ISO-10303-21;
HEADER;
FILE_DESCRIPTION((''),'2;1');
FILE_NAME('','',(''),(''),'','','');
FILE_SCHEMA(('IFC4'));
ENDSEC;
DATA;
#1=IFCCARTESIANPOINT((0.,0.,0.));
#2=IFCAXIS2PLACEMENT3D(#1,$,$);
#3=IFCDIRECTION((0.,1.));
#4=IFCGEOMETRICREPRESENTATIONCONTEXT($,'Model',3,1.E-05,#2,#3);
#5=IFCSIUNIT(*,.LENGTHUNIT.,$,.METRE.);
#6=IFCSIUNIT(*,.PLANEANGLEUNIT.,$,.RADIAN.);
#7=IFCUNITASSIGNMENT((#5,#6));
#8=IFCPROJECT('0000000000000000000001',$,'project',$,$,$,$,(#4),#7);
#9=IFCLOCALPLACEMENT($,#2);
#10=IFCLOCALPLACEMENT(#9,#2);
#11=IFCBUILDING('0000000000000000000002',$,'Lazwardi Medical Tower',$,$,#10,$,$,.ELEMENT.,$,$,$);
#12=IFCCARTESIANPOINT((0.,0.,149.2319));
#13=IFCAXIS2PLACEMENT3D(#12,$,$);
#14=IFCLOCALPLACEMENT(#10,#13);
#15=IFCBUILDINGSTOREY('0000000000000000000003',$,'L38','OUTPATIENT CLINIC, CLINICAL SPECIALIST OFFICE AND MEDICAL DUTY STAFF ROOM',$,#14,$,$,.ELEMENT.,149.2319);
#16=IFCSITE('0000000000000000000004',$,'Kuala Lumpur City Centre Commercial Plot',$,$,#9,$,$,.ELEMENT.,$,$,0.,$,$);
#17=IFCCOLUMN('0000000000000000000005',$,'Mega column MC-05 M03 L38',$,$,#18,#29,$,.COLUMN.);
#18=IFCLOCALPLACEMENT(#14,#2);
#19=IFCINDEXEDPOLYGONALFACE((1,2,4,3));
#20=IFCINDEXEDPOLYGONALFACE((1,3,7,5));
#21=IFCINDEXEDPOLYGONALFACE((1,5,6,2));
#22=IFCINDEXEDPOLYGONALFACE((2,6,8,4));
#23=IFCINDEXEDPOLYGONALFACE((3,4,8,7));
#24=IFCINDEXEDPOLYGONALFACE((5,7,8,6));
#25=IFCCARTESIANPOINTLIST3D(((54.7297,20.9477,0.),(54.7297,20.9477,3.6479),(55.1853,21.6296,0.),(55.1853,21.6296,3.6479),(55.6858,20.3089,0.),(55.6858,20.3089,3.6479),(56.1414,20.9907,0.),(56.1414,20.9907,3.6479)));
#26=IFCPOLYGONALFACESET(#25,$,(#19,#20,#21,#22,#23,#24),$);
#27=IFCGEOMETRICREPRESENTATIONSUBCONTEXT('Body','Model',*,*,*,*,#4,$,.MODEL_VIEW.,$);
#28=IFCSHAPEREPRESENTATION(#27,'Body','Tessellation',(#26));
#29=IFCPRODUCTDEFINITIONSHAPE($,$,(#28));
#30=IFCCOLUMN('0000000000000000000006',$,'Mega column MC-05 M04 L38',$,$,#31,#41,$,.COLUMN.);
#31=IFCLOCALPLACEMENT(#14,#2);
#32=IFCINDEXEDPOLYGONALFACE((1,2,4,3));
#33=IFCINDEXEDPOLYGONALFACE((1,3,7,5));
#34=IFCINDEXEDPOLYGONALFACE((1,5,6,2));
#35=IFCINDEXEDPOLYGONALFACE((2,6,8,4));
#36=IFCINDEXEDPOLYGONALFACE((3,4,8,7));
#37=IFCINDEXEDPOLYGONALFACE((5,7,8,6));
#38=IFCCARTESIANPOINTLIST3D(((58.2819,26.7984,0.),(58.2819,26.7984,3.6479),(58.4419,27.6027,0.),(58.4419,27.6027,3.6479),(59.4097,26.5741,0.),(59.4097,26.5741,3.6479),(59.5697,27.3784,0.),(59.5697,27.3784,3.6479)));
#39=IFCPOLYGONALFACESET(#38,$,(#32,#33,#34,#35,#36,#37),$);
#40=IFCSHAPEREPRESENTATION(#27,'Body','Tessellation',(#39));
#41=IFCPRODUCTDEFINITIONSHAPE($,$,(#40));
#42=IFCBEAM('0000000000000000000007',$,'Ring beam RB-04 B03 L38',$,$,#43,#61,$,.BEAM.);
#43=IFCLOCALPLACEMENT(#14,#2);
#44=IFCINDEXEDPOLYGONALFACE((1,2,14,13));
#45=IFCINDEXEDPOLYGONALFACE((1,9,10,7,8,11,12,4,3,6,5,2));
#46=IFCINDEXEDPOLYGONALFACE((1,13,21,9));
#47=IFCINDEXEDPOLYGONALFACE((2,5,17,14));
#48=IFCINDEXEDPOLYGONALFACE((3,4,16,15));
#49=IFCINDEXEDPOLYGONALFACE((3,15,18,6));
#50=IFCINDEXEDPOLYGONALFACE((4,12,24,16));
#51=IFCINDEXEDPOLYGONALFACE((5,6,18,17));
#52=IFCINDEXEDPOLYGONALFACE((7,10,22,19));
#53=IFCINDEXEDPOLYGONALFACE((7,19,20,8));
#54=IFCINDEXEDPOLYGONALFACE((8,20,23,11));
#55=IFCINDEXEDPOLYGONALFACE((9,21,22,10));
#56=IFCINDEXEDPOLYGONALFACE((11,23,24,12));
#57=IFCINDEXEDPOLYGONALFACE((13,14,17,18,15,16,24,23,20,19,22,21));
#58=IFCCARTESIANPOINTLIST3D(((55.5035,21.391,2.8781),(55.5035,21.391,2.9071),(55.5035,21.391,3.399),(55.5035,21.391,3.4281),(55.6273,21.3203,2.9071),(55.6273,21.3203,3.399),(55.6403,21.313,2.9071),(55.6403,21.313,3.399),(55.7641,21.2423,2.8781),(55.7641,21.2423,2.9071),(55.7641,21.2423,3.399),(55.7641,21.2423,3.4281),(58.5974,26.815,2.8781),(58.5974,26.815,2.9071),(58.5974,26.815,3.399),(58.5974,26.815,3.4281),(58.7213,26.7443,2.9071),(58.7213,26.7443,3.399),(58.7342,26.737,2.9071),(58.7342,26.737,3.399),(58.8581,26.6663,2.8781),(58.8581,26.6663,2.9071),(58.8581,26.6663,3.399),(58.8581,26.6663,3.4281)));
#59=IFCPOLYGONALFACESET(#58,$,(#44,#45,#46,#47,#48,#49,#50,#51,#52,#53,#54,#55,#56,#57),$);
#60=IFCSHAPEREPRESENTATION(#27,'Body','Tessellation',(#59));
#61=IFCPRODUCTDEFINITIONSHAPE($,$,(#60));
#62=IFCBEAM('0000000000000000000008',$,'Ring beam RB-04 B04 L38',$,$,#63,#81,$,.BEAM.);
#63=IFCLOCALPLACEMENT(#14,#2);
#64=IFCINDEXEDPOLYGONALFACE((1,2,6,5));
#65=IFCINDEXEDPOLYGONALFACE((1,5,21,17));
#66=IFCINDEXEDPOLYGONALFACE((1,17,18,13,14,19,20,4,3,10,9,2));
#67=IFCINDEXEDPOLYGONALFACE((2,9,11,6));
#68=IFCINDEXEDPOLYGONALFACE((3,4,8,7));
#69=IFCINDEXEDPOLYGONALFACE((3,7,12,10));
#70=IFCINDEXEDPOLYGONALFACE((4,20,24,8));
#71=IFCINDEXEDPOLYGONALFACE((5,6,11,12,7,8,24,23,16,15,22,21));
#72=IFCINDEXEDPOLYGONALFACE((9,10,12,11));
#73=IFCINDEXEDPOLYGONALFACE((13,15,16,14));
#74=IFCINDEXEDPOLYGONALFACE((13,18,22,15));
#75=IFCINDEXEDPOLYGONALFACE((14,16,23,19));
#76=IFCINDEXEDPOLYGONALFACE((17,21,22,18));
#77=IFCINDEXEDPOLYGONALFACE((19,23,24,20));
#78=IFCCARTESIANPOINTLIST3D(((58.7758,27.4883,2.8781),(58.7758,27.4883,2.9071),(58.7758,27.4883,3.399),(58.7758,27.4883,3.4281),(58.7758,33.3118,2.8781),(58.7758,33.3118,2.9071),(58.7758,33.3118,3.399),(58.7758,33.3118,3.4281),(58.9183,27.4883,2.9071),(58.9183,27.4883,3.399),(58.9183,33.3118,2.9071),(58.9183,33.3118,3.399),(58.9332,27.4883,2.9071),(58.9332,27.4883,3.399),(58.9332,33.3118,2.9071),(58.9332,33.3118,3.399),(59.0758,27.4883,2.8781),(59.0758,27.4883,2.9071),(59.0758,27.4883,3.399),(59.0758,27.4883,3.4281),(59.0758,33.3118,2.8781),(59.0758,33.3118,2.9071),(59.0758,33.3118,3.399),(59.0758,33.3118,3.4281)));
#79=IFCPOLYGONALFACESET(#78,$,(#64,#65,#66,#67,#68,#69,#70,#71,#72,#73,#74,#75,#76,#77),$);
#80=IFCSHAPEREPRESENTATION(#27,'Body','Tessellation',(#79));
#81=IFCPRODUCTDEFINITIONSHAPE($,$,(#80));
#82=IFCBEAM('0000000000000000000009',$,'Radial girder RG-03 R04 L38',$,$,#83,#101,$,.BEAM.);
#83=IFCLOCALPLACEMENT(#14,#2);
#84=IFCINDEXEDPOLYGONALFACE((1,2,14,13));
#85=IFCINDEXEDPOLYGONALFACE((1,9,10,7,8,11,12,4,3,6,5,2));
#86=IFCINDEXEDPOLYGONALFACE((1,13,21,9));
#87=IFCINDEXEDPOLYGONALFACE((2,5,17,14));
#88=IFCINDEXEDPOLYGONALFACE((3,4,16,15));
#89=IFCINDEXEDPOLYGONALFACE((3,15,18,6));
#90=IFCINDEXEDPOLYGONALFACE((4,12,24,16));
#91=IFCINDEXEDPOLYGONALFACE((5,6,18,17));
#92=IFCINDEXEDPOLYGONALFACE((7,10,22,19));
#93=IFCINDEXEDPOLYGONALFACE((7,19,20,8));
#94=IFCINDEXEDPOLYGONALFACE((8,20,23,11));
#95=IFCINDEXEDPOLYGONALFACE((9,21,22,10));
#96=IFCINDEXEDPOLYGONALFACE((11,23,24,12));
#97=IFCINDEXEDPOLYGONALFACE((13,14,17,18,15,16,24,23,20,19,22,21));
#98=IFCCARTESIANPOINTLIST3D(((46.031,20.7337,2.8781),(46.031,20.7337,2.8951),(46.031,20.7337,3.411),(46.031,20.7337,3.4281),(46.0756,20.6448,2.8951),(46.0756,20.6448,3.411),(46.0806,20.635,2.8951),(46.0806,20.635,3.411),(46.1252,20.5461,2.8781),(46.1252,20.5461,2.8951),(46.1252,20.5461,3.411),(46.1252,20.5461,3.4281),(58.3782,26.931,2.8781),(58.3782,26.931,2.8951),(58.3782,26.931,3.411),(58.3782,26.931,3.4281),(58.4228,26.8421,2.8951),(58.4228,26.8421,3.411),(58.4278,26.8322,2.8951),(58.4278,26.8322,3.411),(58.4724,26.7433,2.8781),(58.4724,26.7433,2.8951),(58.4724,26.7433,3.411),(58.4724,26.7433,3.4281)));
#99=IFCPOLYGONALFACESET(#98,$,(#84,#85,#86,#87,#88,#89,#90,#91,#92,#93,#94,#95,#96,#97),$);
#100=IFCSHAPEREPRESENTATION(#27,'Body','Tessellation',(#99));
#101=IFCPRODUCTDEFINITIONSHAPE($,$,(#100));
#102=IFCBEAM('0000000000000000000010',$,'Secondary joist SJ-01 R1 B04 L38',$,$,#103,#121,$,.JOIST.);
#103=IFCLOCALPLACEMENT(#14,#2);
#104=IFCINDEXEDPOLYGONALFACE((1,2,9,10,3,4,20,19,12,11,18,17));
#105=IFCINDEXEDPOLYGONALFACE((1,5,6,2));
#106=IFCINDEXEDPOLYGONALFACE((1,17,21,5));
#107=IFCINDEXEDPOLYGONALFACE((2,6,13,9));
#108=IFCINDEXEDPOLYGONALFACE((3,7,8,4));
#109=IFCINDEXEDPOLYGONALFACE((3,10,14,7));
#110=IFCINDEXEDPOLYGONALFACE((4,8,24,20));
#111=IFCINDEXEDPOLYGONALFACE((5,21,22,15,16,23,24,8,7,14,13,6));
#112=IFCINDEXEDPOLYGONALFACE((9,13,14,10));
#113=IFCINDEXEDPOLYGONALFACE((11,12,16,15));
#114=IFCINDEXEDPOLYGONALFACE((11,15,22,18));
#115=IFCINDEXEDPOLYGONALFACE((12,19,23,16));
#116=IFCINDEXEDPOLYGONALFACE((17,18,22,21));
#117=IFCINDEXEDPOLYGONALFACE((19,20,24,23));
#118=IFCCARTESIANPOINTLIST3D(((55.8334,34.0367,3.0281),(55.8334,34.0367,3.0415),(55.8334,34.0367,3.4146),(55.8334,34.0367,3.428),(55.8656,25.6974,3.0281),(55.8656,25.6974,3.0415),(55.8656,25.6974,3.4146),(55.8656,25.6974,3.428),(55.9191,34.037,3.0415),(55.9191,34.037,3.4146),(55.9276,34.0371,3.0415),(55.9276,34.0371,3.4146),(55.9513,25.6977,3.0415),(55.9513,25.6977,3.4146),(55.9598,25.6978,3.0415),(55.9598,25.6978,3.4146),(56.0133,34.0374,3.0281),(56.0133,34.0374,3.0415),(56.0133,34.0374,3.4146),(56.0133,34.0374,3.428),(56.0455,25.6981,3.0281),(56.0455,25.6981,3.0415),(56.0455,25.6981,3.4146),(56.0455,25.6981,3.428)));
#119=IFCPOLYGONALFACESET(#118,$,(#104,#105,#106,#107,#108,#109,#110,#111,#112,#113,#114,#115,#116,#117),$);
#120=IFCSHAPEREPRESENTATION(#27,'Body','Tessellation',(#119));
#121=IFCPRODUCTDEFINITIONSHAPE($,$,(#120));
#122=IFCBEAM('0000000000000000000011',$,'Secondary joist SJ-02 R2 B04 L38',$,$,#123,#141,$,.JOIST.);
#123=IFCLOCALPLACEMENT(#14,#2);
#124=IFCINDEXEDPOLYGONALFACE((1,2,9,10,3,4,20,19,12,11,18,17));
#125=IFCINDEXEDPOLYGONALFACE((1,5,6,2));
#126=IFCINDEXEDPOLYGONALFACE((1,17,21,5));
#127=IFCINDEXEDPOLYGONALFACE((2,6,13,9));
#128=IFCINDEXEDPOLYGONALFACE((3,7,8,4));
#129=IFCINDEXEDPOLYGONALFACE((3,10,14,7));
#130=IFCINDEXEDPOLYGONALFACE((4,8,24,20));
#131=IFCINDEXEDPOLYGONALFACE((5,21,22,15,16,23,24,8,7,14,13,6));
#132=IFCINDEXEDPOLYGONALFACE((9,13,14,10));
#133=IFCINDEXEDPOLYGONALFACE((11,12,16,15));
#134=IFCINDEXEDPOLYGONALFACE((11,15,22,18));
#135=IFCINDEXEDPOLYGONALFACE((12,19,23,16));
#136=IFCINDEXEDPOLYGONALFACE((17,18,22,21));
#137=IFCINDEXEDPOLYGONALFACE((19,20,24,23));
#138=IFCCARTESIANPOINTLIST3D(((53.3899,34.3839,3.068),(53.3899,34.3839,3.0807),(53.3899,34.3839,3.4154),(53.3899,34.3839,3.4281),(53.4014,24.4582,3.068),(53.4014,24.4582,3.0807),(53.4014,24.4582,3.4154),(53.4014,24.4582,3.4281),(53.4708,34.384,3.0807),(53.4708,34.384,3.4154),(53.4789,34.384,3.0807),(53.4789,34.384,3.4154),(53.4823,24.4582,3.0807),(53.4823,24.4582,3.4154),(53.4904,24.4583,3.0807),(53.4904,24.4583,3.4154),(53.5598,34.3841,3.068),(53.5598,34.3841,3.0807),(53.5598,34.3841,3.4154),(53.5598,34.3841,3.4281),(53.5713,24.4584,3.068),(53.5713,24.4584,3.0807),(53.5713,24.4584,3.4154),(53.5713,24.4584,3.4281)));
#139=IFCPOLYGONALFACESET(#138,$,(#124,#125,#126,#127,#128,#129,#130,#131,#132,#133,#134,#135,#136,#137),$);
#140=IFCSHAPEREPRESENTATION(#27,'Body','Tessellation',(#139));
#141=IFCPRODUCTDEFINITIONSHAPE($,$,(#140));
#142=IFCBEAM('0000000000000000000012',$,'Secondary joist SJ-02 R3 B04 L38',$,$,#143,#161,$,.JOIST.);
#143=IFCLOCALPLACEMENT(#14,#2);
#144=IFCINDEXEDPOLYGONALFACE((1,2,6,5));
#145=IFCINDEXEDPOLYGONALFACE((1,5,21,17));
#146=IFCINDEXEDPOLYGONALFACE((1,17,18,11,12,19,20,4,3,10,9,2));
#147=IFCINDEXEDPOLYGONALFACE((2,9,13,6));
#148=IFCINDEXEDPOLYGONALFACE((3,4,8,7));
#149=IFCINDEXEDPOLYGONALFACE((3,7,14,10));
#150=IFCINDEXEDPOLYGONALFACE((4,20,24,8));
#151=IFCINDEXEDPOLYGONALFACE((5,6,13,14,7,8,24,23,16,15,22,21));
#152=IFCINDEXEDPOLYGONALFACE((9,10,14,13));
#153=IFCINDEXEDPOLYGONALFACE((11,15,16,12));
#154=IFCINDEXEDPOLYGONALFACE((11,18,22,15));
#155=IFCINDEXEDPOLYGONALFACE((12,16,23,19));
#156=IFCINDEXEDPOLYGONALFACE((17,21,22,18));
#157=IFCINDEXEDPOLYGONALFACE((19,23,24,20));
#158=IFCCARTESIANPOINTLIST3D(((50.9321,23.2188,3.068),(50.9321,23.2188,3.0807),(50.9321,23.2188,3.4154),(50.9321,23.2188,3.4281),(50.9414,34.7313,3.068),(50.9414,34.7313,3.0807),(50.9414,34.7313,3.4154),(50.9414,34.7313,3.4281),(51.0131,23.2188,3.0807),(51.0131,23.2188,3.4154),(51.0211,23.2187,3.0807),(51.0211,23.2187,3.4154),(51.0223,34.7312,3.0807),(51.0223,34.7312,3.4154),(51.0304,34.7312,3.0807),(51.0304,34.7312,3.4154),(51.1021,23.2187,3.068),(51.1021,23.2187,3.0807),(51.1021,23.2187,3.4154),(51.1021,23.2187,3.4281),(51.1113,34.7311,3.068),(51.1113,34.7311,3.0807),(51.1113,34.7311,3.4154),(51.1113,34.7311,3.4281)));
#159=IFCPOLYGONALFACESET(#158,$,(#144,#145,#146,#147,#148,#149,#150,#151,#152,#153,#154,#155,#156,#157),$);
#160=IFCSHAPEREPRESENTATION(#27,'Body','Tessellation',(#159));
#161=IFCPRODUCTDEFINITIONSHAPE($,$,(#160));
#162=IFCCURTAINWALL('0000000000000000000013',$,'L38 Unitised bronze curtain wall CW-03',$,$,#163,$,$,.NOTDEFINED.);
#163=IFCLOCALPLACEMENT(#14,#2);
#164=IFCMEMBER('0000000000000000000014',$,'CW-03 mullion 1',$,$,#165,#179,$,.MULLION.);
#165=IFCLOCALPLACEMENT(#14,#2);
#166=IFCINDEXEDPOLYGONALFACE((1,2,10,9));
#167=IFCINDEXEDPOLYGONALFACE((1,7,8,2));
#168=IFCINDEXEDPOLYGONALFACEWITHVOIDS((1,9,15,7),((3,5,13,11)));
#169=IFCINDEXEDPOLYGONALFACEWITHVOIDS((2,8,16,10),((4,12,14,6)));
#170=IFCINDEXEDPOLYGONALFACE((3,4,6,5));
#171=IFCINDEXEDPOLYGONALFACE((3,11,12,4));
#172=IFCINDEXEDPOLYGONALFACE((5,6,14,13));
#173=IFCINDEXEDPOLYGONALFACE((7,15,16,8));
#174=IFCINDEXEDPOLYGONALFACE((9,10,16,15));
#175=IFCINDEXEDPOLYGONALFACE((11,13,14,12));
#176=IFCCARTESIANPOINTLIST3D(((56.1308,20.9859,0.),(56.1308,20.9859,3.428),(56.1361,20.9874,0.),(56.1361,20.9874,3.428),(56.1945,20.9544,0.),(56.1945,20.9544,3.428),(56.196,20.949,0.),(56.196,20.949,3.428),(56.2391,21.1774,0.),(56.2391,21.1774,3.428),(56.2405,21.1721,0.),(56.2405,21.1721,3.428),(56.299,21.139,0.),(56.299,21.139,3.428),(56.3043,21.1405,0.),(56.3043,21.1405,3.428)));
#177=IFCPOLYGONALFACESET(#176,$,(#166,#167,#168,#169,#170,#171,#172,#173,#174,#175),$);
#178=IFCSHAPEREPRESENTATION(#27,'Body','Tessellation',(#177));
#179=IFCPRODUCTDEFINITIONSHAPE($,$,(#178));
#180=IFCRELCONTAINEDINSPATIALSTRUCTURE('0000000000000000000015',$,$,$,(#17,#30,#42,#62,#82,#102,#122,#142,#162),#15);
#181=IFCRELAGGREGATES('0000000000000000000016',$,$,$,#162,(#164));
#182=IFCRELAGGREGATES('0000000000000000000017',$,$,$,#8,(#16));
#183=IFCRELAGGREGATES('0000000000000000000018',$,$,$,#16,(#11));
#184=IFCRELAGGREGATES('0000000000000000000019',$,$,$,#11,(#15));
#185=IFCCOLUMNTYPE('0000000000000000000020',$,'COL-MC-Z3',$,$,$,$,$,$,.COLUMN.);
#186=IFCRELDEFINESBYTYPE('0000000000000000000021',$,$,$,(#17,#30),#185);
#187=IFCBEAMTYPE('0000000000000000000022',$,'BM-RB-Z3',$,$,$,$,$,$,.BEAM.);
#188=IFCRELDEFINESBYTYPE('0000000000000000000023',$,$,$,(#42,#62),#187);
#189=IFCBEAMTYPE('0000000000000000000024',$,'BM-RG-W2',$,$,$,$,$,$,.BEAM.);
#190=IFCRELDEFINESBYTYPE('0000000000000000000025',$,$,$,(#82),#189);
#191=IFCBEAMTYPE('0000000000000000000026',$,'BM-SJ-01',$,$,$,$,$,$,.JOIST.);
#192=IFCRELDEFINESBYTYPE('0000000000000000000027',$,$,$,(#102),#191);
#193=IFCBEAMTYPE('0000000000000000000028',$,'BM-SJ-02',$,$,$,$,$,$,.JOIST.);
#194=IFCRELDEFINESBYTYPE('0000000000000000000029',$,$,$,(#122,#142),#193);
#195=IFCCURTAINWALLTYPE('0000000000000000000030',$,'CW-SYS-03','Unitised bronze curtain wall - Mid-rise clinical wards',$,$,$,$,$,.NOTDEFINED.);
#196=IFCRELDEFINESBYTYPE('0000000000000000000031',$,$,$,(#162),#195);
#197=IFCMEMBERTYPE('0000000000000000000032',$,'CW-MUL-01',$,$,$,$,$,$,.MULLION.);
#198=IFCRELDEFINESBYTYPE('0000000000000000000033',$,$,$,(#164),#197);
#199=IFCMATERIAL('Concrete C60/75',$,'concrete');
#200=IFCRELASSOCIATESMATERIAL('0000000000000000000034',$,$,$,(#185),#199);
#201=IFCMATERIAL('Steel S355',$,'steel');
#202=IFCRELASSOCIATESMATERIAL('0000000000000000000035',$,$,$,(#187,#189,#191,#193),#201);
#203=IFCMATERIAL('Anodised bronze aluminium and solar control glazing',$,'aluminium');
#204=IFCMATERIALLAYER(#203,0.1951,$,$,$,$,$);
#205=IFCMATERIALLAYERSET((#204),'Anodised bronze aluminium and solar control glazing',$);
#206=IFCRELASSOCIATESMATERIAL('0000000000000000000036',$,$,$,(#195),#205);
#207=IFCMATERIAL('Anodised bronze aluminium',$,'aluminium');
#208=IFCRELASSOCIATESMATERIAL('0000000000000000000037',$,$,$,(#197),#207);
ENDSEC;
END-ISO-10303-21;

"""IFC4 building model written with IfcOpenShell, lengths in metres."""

from ifc_helpers import new_model, si_unit, direction, frame, origin, origin_2d, place, context, subcontext, project, spatial, rectangle, hollow_rectangle, i_section, extrude, material, layer, layer_set, material_profile, profile_set, type_object, element, aggregate, save


model = new_model("IFC4")

# Units and contexts
model_context = context("Model", 3, precision=1e-05, world=origin(), true_north=direction((0.0, 1.0)))
body_context = subcontext(model_context, "Body", "Model", "MODEL_VIEW")
ifc_project = project(units=[si_unit("LENGTHUNIT", "METRE"), si_unit("PLANEANGLEUNIT", "RADIAN")], contexts=[model_context])

# Site, building, storey
site_placement = place(None, origin())
site = spatial("IfcSite", under=ifc_project, at=site_placement, Name="Kuala Lumpur City Centre Commercial Plot", CompositionType="ELEMENT", RefElevation=0.0)
building_placement = place(site_placement, origin())
building = spatial("IfcBuilding", under=site, at=building_placement, Name="Lazwardi Medical Tower", CompositionType="ELEMENT")
storey_placement = place(building_placement, frame((0.0, 0.0, 149.2319)))
storey = spatial("IfcBuildingStorey", under=building, at=storey_placement, Name="L38", Description="OUTPATIENT CLINIC, CLINICAL SPECIALIST OFFICE AND MEDICAL DUTY STAFF ROOM", CompositionType="ELEMENT", Elevation=149.2319)

# Columns
ifc_material_1 = material(Name="Concrete C60/75", Category="concrete")
ifc_material_profile_1 = material_profile(ifc_material_1, rectangle(XDim=1.1499, YDim=0.8201, at=origin_2d()), Name="CFT-RECT 1150x820")
ifc_profile_set_1 = profile_set([ifc_material_profile_1], Name="Concrete C60/75")
column_type = type_object("IfcColumnType", Name="COL-MC-Z3", PredefinedType="COLUMN", material=ifc_profile_set_1)
for number, where, z_axis, x_axis, name in (
    (1, (55.4355, 20.9692, 0.0), (0.0, 0.0, 1.0), (0.83147, -0.55557, 0.0), "Mega column MC-05 M03 L38"),
    (2, (58.9258, 27.0884, 0.0), (0.0, 0.0, 1.0), (0.980785, -0.19509, 0.0), "Mega column MC-05 M04 L38"),
):
    element("IfcColumn", number, at=place(storey_placement, frame(where, z_axis=z_axis, x_axis=x_axis)), inside=storey, type_object=column_type, Name=name, PredefinedType="COLUMN", context=body_context, shape_type="SweptSolid", body=[
        extrude(rectangle(XDim=1.1499, YDim=0.8201, at=origin_2d()), origin(), (0.0, 0.0, 1.0), 3.6479),
    ])

# Beams
ifc_material_2 = material(Name="Steel S355", Category="steel")
ifc_material_profile_2 = material_profile(ifc_material_2, i_section(OverallWidth=0.3, OverallDepth=0.55, WebThickness=0.0149, FlangeThickness=0.0291, at=origin_2d()), Name="HEB 550")
ifc_profile_set_2 = profile_set([ifc_material_profile_2], Name="Steel S355")
beam_type_1 = type_object("IfcBeamType", Name="BM-RB-Z3", PredefinedType="BEAM", material=ifc_profile_set_2)
beam_1_placement = place(storey_placement, frame((55.6338, 21.3167, 3.1531), z_axis=(0.495478, 0.868621, 0.0), x_axis=(-0.868621, 0.495478, 0.0)))
element("IfcBeam", 3, at=beam_1_placement, inside=storey, type_object=beam_type_1, Name="Ring beam RB-04 B03 L38", PredefinedType="BEAM", context=body_context, shape_type="SweptSolid", body=[
    extrude(i_section(OverallWidth=0.3, OverallDepth=0.55, WebThickness=0.0149, FlangeThickness=0.0291, at=origin_2d()), origin(), (0.0, 0.0, 1.0), 6.2444),
])
beam_2_placement = place(storey_placement, frame((58.9258, 27.4883, 3.1531), z_axis=(0.0, 1.0, 0.0), x_axis=(-1.0, 0.0, 0.0)))
element("IfcBeam", 4, at=beam_2_placement, inside=storey, type_object=beam_type_1, Name="Ring beam RB-04 B04 L38", PredefinedType="BEAM", context=body_context, shape_type="SweptSolid", body=[
    extrude(i_section(OverallWidth=0.3, OverallDepth=0.55, WebThickness=0.0149, FlangeThickness=0.0291, at=origin_2d()), origin(), (0.0, 0.0, 1.0), 5.8235),
])
ifc_material_profile_3 = material_profile(ifc_material_2, i_section(OverallWidth=0.21, OverallDepth=0.55, WebThickness=0.011, FlangeThickness=0.0171, at=origin_2d()), Name="IPE 550")
ifc_profile_set_3 = profile_set([ifc_material_profile_3], Name="Steel S355")
beam_type_2 = type_object("IfcBeamType", Name="BM-RG-W2", PredefinedType="BEAM", material=ifc_profile_set_3)
beam_3_placement = place(storey_placement, frame((58.4253, 26.8372, 3.1531), z_axis=(-0.89374, -0.448584, 0.0), x_axis=(0.448584, -0.89374, 0.0)))
element("IfcBeam", 5, at=beam_3_placement, inside=storey, type_object=beam_type_2, Name="Radial girder RG-03 R04 L38", PredefinedType="BEAM", context=body_context, shape_type="SweptSolid", body=[
    extrude(i_section(OverallWidth=0.21, OverallDepth=0.55, WebThickness=0.011, FlangeThickness=0.0171, at=origin_2d()), origin(), (0.0, 0.0, 1.0), 13.8152),
])
ifc_material_profile_4 = material_profile(ifc_material_2, i_section(OverallWidth=0.1799, OverallDepth=0.3999, WebThickness=0.0085, FlangeThickness=0.0134, at=origin_2d()), Name="IPE 400")
ifc_profile_set_4 = profile_set([ifc_material_profile_4], Name="Steel S355")
beam_type_3 = type_object("IfcBeamType", Name="BM-SJ-01", PredefinedType="JOIST", material=ifc_profile_set_4)
beam_4_placement = place(storey_placement, frame((55.9556, 25.6978, 3.228), z_axis=(-0.003864, 0.999993, 0.0), x_axis=(-0.999993, -0.003864, 0.0)))
element("IfcBeam", 6, at=beam_4_placement, inside=storey, type_object=beam_type_3, Name="Secondary joist SJ-01 R1 B04 L38", PredefinedType="JOIST", context=body_context, shape_type="SweptSolid", body=[
    extrude(i_section(OverallWidth=0.1799, OverallDepth=0.3999, WebThickness=0.0085, FlangeThickness=0.0134, at=origin_2d()), origin(), (0.0, 0.0, 1.0), 8.3394),
])
ifc_material_profile_5 = material_profile(ifc_material_2, i_section(OverallWidth=0.1699, OverallDepth=0.3601, WebThickness=0.0081, FlangeThickness=0.0127, at=origin_2d()), Name="IPE 360")
ifc_profile_set_5 = profile_set([ifc_material_profile_5], Name="Steel S355")
beam_type_4 = type_object("IfcBeamType", Name="BM-SJ-02", PredefinedType="JOIST", material=ifc_profile_set_5)
beam_5_placement = place(storey_placement, frame((53.4863, 24.4583, 3.248), z_axis=(-0.001156, 0.999999, 0.0), x_axis=(-0.999999, -0.001156, 0.0)))
element("IfcBeam", 7, at=beam_5_placement, inside=storey, type_object=beam_type_4, Name="Secondary joist SJ-02 R2 B04 L38", PredefinedType="JOIST", context=body_context, shape_type="SweptSolid", body=[
    extrude(i_section(OverallWidth=0.1699, OverallDepth=0.3601, WebThickness=0.0081, FlangeThickness=0.0127, at=origin_2d()), origin(), (0.0, 0.0, 1.0), 9.9258),
])
beam_6_placement = place(storey_placement, frame((51.0171, 23.2188, 3.248), z_axis=(0.000806, 1.0, 0.0), x_axis=(-1.0, 0.000806, 0.0)))
element("IfcBeam", 8, at=beam_6_placement, inside=storey, type_object=beam_type_4, Name="Secondary joist SJ-02 R3 B04 L38", PredefinedType="JOIST", context=body_context, shape_type="SweptSolid", body=[
    extrude(i_section(OverallWidth=0.1699, OverallDepth=0.3601, WebThickness=0.0081, FlangeThickness=0.0127, at=origin_2d()), origin(), (0.0, 0.0, 1.0), 11.5125),
])

# Curtain wall, member
ifc_material_3 = material(Name="Anodised bronze aluminium and solar control glazing", Category="aluminium")
ifc_layer_1 = layer(ifc_material_3, 0.1951)
ifc_layer_set_1 = layer_set([ifc_layer_1], Name="Anodised bronze aluminium and solar control glazing")
curtain_wall_type = type_object("IfcCurtainWallType", Name="CW-SYS-03", Description="Unitised bronze curtain wall - Mid-rise clinical wards", PredefinedType="NOTDEFINED", material=ifc_layer_set_1)
curtain_wall_1_placement = place(storey_placement, origin())
curtain_wall_1 = element("IfcCurtainWall", 9, at=curtain_wall_1_placement, inside=storey, type_object=curtain_wall_type, Name="L38 Unitised bronze curtain wall CW-03", PredefinedType="NOTDEFINED")
ifc_material_4 = material(Name="Anodised bronze aluminium", Category="aluminium")
ifc_material_profile_6 = material_profile(ifc_material_4, hollow_rectangle(XDim=0.075, YDim=0.22, WallThickness=0.0039, at=origin_2d()), Name="ALU-MULLION 220x75x4")
ifc_profile_set_6 = profile_set([ifc_material_profile_6], Name="Anodised bronze aluminium")
member_type_1 = type_object("IfcMemberType", Name="CW-MUL-01", PredefinedType="MULLION", material=ifc_profile_set_6)
member_1_placement = place(storey_placement, frame((56.2175, 21.0632, 0.0), z_axis=(0.0, 0.0, 1.0), x_axis=(-0.870419, 0.492312, 0.0)))
member_1 = element("IfcMember", 10, at=member_1_placement, type_object=member_type_1, Name="CW-03 mullion 1", PredefinedType="MULLION", context=body_context, shape_type="SweptSolid", body=[
    extrude(hollow_rectangle(XDim=0.075, YDim=0.22, WallThickness=0.0039, at=origin_2d()), origin(), (0.0, 0.0, 1.0), 3.428),
])

aggregate(curtain_wall_1, [member_1])

save(model, "model.ifc")
